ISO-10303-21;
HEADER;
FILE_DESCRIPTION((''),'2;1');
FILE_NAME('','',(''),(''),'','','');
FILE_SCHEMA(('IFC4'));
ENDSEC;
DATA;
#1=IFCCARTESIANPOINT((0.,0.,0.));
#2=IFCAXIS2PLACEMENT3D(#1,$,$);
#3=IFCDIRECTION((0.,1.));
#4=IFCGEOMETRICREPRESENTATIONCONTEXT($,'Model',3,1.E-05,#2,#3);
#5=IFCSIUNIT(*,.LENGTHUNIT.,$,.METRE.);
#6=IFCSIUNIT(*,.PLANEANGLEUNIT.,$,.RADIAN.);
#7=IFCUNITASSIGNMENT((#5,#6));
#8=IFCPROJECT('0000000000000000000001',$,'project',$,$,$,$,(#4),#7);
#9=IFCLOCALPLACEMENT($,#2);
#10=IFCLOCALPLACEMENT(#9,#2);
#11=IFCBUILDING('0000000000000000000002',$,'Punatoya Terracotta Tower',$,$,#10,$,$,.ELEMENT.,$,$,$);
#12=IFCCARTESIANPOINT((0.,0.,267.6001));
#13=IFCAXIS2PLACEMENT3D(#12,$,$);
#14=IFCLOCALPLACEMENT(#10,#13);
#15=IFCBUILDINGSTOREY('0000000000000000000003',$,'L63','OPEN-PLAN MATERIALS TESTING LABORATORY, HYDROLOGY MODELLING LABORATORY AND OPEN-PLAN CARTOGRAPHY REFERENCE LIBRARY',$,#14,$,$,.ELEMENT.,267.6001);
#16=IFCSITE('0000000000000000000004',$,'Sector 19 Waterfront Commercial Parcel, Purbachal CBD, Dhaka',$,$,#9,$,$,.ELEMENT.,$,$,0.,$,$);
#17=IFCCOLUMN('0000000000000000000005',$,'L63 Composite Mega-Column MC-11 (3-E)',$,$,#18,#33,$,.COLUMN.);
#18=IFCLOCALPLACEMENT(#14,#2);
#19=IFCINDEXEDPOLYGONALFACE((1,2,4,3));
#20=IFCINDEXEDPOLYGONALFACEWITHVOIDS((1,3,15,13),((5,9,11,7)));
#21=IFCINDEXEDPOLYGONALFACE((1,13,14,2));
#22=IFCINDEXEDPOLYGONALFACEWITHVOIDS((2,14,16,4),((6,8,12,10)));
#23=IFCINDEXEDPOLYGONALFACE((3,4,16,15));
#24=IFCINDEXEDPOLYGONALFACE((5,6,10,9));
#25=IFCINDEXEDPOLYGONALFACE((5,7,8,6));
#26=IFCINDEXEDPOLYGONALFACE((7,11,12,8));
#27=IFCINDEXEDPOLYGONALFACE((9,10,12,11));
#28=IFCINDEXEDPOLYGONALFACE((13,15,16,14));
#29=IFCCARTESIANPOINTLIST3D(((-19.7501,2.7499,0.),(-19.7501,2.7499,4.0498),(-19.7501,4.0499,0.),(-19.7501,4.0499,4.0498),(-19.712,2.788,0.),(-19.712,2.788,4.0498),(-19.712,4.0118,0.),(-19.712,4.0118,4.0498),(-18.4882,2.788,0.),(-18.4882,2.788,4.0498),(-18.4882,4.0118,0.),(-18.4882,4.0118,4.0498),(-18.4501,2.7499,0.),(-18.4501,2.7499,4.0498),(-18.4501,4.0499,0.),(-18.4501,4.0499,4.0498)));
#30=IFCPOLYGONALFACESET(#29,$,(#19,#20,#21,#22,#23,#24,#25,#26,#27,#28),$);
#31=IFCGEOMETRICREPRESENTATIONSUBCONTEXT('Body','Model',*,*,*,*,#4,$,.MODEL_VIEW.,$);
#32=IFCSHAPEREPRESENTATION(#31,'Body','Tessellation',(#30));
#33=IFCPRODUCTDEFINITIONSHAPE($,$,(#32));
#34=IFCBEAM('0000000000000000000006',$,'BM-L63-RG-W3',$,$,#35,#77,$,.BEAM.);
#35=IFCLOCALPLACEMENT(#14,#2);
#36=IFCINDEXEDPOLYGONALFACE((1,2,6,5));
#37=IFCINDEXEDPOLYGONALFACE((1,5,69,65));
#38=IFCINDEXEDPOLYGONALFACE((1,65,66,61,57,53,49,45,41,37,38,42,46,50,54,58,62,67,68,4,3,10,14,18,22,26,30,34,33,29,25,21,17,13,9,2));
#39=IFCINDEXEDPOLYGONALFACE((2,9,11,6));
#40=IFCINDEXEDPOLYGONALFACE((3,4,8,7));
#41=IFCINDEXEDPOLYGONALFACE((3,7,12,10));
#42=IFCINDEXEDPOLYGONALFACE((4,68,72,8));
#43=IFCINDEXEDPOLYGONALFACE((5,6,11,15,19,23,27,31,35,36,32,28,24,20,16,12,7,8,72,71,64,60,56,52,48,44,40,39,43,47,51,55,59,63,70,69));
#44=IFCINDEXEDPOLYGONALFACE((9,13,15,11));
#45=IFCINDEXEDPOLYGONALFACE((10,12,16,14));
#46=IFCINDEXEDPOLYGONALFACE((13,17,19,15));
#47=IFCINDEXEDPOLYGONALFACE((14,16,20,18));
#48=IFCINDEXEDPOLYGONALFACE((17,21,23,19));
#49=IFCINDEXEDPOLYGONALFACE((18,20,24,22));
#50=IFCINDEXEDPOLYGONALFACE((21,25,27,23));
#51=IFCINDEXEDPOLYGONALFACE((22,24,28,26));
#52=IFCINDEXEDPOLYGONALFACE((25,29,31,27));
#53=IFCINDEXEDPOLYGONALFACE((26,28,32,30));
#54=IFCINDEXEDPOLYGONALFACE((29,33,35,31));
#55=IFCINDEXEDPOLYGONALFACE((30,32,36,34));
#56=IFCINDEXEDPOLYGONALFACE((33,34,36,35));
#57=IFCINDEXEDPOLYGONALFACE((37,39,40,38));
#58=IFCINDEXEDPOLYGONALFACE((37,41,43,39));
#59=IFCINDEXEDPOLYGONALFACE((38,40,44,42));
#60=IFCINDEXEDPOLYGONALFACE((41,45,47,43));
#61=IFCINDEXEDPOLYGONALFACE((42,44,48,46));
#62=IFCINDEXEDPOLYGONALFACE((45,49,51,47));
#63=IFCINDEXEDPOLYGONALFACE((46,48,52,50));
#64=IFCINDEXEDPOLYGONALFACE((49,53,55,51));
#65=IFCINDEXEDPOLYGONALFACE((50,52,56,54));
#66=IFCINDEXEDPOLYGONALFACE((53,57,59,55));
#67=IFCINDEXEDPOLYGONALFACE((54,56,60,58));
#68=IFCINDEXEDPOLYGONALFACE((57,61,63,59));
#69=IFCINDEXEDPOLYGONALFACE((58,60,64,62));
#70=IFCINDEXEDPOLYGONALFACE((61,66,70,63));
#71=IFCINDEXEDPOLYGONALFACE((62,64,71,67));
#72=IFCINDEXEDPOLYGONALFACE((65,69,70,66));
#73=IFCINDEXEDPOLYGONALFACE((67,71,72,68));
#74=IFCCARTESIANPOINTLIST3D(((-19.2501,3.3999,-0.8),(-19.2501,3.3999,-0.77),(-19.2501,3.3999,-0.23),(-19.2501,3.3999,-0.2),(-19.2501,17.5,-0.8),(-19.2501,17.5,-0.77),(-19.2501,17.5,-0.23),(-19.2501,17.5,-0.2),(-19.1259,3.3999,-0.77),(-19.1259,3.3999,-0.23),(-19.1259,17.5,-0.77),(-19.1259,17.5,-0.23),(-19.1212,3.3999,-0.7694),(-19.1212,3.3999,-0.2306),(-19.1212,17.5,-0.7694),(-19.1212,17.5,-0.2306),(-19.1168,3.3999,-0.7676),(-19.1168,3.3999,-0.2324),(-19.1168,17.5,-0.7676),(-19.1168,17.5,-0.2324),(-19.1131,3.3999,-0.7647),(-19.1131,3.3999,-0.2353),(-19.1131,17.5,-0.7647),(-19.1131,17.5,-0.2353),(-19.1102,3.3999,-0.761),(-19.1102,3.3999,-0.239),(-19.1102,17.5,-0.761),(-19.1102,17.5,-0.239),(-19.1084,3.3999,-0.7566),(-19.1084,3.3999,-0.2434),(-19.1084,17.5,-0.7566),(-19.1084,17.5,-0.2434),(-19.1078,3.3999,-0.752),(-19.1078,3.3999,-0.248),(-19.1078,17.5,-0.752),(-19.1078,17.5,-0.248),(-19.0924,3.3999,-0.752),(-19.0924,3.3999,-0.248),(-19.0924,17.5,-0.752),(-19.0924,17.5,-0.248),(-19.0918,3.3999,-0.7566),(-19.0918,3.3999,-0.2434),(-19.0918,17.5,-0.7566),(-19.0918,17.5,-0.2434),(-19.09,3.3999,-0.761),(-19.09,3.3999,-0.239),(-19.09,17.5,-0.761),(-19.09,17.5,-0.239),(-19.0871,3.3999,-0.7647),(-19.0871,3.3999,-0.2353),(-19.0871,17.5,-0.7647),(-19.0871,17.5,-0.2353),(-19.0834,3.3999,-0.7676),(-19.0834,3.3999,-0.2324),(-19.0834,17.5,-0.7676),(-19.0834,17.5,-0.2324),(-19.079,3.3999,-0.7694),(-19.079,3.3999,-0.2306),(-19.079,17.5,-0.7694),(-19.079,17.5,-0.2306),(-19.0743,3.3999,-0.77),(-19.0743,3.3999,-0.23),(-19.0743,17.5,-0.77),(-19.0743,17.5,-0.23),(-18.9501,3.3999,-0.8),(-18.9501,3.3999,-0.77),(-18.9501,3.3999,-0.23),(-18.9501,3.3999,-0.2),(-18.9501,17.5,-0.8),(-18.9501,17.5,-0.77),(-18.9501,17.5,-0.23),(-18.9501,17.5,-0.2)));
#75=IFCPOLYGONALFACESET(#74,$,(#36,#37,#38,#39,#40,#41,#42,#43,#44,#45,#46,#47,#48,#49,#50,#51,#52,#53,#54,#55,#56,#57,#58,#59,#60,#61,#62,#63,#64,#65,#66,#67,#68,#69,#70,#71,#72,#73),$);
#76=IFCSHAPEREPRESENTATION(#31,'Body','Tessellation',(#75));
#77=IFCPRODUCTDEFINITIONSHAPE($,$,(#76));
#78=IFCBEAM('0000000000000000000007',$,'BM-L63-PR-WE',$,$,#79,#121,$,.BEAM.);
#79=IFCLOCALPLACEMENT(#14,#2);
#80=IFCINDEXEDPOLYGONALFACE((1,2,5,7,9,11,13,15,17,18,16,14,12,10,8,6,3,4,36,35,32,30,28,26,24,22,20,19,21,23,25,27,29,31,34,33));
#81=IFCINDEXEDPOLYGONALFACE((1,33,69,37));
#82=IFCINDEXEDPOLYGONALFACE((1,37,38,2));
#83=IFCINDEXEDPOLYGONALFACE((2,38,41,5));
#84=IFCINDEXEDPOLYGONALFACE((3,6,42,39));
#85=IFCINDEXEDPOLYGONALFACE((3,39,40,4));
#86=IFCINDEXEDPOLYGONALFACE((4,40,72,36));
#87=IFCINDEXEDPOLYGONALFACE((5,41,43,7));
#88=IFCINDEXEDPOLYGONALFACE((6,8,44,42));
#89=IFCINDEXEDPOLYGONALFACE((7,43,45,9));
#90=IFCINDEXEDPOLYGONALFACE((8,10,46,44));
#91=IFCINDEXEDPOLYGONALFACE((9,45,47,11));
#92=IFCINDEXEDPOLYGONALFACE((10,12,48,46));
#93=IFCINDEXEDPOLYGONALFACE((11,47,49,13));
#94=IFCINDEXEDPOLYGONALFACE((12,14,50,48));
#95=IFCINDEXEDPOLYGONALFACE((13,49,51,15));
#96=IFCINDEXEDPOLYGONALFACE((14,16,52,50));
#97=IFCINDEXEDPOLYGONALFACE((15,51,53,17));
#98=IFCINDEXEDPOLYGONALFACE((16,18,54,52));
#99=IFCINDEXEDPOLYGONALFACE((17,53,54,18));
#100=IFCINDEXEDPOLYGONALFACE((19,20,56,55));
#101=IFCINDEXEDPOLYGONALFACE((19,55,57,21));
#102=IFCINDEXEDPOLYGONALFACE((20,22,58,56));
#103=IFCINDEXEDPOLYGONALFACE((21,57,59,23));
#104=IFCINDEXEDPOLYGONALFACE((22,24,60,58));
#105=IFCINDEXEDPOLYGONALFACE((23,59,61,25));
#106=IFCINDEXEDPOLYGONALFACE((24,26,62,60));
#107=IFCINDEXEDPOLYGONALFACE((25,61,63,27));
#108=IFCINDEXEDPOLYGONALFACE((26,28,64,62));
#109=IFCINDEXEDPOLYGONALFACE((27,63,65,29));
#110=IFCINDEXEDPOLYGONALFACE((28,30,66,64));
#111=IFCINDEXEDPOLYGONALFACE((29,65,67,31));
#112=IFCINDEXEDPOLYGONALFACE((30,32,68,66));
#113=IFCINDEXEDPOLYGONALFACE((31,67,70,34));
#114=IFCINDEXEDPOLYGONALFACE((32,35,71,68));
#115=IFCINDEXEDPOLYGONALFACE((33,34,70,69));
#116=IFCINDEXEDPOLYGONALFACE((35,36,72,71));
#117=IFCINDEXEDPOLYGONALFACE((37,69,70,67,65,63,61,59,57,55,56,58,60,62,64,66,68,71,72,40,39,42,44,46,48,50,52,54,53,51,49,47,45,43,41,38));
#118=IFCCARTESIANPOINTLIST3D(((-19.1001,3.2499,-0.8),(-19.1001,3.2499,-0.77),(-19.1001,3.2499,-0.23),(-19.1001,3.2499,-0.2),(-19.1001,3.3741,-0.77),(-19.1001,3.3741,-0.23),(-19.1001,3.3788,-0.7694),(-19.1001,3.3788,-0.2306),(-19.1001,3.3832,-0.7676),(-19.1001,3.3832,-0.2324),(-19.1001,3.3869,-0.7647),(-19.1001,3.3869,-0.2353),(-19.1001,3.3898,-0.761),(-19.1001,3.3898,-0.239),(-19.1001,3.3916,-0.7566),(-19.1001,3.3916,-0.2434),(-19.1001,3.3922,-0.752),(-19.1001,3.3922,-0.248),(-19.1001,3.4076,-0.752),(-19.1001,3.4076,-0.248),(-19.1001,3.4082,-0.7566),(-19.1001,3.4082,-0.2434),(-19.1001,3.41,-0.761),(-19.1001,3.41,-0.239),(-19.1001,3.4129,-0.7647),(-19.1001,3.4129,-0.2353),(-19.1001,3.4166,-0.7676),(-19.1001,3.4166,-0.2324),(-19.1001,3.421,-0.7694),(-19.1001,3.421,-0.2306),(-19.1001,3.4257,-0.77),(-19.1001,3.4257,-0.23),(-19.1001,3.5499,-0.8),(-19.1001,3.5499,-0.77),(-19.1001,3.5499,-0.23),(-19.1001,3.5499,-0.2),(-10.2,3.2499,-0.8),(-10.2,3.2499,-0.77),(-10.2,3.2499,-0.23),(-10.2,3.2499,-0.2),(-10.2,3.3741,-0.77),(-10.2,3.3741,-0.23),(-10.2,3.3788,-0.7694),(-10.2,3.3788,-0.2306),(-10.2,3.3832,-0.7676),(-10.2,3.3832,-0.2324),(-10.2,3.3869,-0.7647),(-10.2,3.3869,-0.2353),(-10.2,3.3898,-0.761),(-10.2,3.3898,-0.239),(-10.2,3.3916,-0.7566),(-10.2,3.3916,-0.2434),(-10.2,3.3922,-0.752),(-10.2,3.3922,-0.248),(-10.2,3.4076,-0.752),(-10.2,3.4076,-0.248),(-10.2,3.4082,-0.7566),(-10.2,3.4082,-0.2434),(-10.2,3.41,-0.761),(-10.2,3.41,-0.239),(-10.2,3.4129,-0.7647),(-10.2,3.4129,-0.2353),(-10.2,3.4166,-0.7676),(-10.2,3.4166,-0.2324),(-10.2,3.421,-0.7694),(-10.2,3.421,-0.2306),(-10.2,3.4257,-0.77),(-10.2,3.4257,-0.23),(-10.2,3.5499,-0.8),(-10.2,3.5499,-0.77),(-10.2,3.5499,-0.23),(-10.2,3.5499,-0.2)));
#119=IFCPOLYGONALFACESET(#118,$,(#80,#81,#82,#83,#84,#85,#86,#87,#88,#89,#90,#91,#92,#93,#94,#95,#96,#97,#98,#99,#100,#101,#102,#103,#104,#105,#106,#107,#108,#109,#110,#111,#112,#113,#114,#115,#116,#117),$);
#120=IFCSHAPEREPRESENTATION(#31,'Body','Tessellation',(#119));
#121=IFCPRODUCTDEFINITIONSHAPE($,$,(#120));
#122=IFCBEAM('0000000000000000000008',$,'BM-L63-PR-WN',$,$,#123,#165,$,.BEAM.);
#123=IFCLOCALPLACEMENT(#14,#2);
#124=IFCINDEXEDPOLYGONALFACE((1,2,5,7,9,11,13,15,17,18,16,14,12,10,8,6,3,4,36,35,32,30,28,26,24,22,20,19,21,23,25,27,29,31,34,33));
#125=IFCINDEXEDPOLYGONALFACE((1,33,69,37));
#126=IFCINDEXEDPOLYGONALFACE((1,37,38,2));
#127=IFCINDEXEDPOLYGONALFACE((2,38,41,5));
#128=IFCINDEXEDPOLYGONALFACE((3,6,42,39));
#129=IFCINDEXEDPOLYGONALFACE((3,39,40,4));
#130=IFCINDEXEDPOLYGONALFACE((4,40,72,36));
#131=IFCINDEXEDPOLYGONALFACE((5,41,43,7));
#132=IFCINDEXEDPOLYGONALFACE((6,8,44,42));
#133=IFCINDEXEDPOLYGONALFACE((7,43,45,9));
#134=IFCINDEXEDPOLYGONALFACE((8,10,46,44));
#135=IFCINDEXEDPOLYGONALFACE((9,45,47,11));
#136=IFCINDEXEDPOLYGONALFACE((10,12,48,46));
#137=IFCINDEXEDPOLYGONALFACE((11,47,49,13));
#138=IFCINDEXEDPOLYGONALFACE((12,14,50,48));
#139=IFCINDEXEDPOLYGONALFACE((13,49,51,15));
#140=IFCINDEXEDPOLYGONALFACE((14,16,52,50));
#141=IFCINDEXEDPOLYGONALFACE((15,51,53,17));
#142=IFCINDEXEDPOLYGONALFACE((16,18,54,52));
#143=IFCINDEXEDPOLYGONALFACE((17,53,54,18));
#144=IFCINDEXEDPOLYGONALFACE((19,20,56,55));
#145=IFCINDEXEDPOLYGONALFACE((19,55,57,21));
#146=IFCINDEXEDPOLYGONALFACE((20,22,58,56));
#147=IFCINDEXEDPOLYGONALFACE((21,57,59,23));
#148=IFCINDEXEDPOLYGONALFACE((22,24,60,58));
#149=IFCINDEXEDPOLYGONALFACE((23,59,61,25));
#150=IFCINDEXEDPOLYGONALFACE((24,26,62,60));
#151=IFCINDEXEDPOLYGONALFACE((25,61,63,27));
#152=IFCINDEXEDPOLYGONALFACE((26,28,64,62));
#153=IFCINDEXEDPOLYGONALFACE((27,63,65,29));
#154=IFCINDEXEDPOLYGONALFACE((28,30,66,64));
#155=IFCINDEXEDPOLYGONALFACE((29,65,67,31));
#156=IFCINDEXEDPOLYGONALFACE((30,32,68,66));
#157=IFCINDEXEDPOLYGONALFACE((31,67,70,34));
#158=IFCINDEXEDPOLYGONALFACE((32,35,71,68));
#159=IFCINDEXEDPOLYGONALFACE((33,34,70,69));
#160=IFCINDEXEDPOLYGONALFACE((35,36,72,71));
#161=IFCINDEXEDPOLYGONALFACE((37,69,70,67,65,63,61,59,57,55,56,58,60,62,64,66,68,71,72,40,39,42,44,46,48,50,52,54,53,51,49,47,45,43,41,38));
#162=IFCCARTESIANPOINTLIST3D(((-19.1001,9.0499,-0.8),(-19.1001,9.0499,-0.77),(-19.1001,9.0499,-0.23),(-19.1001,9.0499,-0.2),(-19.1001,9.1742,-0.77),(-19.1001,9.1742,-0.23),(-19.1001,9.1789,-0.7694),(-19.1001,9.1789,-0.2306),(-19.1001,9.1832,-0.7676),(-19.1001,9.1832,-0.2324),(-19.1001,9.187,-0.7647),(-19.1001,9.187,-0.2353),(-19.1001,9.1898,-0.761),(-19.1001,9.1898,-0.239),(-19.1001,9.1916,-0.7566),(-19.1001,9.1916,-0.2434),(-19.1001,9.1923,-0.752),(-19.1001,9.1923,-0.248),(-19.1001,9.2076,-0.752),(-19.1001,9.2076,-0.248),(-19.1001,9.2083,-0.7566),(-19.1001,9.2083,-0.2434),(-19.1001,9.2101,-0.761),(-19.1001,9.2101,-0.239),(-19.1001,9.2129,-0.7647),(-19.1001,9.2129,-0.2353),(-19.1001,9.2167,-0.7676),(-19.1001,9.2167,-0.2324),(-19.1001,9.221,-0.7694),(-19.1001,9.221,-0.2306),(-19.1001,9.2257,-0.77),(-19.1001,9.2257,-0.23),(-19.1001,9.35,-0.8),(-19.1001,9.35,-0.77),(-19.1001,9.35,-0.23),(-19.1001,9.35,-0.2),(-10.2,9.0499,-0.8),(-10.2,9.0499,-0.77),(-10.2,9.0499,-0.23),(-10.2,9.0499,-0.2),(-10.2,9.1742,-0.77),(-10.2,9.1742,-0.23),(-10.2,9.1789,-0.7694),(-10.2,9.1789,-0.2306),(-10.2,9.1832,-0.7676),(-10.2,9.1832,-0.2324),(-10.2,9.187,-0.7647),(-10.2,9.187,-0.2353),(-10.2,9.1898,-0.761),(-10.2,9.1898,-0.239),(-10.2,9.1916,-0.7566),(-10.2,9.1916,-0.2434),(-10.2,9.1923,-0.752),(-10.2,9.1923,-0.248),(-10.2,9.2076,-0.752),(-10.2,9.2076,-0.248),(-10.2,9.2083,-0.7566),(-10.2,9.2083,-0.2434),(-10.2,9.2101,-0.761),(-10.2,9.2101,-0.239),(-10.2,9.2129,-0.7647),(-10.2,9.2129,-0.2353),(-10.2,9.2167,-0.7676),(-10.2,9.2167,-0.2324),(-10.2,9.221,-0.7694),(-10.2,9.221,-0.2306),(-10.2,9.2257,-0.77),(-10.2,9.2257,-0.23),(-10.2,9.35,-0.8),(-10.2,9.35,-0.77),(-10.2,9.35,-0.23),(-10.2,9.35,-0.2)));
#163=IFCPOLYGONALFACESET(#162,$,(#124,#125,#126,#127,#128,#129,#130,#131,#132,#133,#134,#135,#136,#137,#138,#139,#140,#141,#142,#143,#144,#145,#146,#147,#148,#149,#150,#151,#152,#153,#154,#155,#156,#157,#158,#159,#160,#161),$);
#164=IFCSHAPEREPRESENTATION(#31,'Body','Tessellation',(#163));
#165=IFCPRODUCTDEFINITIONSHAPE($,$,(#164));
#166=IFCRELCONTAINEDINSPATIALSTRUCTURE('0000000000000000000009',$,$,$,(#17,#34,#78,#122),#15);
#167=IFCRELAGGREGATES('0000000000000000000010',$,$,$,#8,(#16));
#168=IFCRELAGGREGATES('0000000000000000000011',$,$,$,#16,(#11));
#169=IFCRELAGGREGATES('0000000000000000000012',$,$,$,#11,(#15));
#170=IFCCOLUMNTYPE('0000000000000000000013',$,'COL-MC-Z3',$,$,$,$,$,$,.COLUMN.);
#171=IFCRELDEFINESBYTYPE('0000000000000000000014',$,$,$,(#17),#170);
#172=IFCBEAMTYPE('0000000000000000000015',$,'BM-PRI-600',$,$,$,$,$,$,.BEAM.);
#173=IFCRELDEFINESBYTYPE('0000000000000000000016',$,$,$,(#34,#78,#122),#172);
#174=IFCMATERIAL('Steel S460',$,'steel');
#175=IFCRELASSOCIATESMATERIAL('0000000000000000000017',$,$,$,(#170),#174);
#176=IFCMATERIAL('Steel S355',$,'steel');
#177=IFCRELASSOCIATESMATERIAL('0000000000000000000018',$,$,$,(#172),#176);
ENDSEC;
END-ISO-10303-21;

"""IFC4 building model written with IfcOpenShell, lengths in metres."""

from ifc_helpers import new_model, si_unit, direction, frame, origin, origin_2d, place, context, subcontext, project, spatial, hollow_rectangle, i_section, extrude, material, material_profile, profile_set, type_object, element, save


model = new_model("IFC4")

# Units and contexts
model_context = context("Model", 3, precision=1e-05, world=origin(), true_north=direction((0.0, 1.0)))
body_context = subcontext(model_context, "Body", "Model", "MODEL_VIEW")
ifc_project = project(units=[si_unit("LENGTHUNIT", "METRE"), si_unit("PLANEANGLEUNIT", "RADIAN")], contexts=[model_context])

# Site, building, storey
site_placement = place(None, origin())
site = spatial("IfcSite", under=ifc_project, at=site_placement, Name="Sector 19 Waterfront Commercial Parcel, Purbachal CBD, Dhaka", CompositionType="ELEMENT", RefElevation=0.0)
building_placement = place(site_placement, origin())
building = spatial("IfcBuilding", under=site, at=building_placement, Name="Punatoya Terracotta Tower", CompositionType="ELEMENT")
storey_placement = place(building_placement, frame((0.0, 0.0, 267.6001)))
storey = spatial("IfcBuildingStorey", under=building, at=storey_placement, Name="L63", Description="OPEN-PLAN MATERIALS TESTING LABORATORY, HYDROLOGY MODELLING LABORATORY AND OPEN-PLAN CARTOGRAPHY REFERENCE LIBRARY", CompositionType="ELEMENT", Elevation=267.6001)

# Column
ifc_material_1 = material(Name="Steel S460", Category="steel")
ifc_material_profile_1 = material_profile(ifc_material_1, hollow_rectangle(XDim=1.3, YDim=1.3, WallThickness=0.0381, at=origin_2d()))
ifc_profile_set_1 = profile_set([ifc_material_profile_1], Name="Steel S460")
column_type = type_object("IfcColumnType", Name="COL-MC-Z3", PredefinedType="COLUMN", material=ifc_profile_set_1)
column_placement = place(storey_placement, frame((-19.1001, 3.3999, 0.0), z_axis=(0.0, 0.0, 1.0), x_axis=(1.0, 0.0, 0.0)))
element("IfcColumn", 1, at=column_placement, inside=storey, type_object=column_type, Name="L63 Composite Mega-Column MC-11 (3-E)", PredefinedType="COLUMN", context=body_context, shape_type="SweptSolid", body=[
    extrude(hollow_rectangle(XDim=1.3, YDim=1.3, WallThickness=0.0381, at=origin_2d()), origin(), (0.0, 0.0, 1.0), 4.0498),
])

# Beams
ifc_material_2 = material(Name="Steel S355", Category="steel")
ifc_material_profile_2 = material_profile(ifc_material_2, i_section(OverallWidth=0.3, OverallDepth=0.6001, WebThickness=0.0154, FlangeThickness=0.03, FilletRadius=0.0181, at=origin_2d()))
ifc_profile_set_2 = profile_set([ifc_material_profile_2], Name="Steel S355")
beam_type_1 = type_object("IfcBeamType", Name="BM-PRI-600", PredefinedType="BEAM", material=ifc_profile_set_2)
beam_1_placement = place(storey_placement, frame((-19.1001, 3.3999, -0.5), z_axis=(0.0, 1.0, 0.0), x_axis=(-1.0, 0.0, 0.0)))
element("IfcBeam", 2, at=beam_1_placement, inside=storey, type_object=beam_type_1, Name="BM-L63-RG-W3", PredefinedType="BEAM", context=body_context, shape_type="SweptSolid", body=[
    extrude(i_section(OverallWidth=0.3, OverallDepth=0.6001, WebThickness=0.0154, FlangeThickness=0.03, FilletRadius=0.0181, at=origin_2d()), origin(), (0.0, 0.0, 1.0), 14.1001),
])
for number, where, z_axis, x_axis, name in (
    (3, (-19.1001, 3.3999, -0.5), (1.0, 0.0, 0.0), (0.0, 1.0, 0.0), "BM-L63-PR-WE"),
    (4, (-19.1001, 9.2, -0.5), (1.0, 0.0, 0.0), (0.0, 1.0, 0.0), "BM-L63-PR-WN"),
):
    element("IfcBeam", number, at=place(storey_placement, frame(where, z_axis=z_axis, x_axis=x_axis)), inside=storey, type_object=beam_type_1, Name=name, PredefinedType="BEAM", context=body_context, shape_type="SweptSolid", body=[
        extrude(i_section(OverallWidth=0.3, OverallDepth=0.6001, WebThickness=0.0154, FlangeThickness=0.03, FilletRadius=0.0181, at=origin_2d()), origin(), (0.0, 0.0, 1.0), 8.9001),
    ])

save(model, "model.ifc")
